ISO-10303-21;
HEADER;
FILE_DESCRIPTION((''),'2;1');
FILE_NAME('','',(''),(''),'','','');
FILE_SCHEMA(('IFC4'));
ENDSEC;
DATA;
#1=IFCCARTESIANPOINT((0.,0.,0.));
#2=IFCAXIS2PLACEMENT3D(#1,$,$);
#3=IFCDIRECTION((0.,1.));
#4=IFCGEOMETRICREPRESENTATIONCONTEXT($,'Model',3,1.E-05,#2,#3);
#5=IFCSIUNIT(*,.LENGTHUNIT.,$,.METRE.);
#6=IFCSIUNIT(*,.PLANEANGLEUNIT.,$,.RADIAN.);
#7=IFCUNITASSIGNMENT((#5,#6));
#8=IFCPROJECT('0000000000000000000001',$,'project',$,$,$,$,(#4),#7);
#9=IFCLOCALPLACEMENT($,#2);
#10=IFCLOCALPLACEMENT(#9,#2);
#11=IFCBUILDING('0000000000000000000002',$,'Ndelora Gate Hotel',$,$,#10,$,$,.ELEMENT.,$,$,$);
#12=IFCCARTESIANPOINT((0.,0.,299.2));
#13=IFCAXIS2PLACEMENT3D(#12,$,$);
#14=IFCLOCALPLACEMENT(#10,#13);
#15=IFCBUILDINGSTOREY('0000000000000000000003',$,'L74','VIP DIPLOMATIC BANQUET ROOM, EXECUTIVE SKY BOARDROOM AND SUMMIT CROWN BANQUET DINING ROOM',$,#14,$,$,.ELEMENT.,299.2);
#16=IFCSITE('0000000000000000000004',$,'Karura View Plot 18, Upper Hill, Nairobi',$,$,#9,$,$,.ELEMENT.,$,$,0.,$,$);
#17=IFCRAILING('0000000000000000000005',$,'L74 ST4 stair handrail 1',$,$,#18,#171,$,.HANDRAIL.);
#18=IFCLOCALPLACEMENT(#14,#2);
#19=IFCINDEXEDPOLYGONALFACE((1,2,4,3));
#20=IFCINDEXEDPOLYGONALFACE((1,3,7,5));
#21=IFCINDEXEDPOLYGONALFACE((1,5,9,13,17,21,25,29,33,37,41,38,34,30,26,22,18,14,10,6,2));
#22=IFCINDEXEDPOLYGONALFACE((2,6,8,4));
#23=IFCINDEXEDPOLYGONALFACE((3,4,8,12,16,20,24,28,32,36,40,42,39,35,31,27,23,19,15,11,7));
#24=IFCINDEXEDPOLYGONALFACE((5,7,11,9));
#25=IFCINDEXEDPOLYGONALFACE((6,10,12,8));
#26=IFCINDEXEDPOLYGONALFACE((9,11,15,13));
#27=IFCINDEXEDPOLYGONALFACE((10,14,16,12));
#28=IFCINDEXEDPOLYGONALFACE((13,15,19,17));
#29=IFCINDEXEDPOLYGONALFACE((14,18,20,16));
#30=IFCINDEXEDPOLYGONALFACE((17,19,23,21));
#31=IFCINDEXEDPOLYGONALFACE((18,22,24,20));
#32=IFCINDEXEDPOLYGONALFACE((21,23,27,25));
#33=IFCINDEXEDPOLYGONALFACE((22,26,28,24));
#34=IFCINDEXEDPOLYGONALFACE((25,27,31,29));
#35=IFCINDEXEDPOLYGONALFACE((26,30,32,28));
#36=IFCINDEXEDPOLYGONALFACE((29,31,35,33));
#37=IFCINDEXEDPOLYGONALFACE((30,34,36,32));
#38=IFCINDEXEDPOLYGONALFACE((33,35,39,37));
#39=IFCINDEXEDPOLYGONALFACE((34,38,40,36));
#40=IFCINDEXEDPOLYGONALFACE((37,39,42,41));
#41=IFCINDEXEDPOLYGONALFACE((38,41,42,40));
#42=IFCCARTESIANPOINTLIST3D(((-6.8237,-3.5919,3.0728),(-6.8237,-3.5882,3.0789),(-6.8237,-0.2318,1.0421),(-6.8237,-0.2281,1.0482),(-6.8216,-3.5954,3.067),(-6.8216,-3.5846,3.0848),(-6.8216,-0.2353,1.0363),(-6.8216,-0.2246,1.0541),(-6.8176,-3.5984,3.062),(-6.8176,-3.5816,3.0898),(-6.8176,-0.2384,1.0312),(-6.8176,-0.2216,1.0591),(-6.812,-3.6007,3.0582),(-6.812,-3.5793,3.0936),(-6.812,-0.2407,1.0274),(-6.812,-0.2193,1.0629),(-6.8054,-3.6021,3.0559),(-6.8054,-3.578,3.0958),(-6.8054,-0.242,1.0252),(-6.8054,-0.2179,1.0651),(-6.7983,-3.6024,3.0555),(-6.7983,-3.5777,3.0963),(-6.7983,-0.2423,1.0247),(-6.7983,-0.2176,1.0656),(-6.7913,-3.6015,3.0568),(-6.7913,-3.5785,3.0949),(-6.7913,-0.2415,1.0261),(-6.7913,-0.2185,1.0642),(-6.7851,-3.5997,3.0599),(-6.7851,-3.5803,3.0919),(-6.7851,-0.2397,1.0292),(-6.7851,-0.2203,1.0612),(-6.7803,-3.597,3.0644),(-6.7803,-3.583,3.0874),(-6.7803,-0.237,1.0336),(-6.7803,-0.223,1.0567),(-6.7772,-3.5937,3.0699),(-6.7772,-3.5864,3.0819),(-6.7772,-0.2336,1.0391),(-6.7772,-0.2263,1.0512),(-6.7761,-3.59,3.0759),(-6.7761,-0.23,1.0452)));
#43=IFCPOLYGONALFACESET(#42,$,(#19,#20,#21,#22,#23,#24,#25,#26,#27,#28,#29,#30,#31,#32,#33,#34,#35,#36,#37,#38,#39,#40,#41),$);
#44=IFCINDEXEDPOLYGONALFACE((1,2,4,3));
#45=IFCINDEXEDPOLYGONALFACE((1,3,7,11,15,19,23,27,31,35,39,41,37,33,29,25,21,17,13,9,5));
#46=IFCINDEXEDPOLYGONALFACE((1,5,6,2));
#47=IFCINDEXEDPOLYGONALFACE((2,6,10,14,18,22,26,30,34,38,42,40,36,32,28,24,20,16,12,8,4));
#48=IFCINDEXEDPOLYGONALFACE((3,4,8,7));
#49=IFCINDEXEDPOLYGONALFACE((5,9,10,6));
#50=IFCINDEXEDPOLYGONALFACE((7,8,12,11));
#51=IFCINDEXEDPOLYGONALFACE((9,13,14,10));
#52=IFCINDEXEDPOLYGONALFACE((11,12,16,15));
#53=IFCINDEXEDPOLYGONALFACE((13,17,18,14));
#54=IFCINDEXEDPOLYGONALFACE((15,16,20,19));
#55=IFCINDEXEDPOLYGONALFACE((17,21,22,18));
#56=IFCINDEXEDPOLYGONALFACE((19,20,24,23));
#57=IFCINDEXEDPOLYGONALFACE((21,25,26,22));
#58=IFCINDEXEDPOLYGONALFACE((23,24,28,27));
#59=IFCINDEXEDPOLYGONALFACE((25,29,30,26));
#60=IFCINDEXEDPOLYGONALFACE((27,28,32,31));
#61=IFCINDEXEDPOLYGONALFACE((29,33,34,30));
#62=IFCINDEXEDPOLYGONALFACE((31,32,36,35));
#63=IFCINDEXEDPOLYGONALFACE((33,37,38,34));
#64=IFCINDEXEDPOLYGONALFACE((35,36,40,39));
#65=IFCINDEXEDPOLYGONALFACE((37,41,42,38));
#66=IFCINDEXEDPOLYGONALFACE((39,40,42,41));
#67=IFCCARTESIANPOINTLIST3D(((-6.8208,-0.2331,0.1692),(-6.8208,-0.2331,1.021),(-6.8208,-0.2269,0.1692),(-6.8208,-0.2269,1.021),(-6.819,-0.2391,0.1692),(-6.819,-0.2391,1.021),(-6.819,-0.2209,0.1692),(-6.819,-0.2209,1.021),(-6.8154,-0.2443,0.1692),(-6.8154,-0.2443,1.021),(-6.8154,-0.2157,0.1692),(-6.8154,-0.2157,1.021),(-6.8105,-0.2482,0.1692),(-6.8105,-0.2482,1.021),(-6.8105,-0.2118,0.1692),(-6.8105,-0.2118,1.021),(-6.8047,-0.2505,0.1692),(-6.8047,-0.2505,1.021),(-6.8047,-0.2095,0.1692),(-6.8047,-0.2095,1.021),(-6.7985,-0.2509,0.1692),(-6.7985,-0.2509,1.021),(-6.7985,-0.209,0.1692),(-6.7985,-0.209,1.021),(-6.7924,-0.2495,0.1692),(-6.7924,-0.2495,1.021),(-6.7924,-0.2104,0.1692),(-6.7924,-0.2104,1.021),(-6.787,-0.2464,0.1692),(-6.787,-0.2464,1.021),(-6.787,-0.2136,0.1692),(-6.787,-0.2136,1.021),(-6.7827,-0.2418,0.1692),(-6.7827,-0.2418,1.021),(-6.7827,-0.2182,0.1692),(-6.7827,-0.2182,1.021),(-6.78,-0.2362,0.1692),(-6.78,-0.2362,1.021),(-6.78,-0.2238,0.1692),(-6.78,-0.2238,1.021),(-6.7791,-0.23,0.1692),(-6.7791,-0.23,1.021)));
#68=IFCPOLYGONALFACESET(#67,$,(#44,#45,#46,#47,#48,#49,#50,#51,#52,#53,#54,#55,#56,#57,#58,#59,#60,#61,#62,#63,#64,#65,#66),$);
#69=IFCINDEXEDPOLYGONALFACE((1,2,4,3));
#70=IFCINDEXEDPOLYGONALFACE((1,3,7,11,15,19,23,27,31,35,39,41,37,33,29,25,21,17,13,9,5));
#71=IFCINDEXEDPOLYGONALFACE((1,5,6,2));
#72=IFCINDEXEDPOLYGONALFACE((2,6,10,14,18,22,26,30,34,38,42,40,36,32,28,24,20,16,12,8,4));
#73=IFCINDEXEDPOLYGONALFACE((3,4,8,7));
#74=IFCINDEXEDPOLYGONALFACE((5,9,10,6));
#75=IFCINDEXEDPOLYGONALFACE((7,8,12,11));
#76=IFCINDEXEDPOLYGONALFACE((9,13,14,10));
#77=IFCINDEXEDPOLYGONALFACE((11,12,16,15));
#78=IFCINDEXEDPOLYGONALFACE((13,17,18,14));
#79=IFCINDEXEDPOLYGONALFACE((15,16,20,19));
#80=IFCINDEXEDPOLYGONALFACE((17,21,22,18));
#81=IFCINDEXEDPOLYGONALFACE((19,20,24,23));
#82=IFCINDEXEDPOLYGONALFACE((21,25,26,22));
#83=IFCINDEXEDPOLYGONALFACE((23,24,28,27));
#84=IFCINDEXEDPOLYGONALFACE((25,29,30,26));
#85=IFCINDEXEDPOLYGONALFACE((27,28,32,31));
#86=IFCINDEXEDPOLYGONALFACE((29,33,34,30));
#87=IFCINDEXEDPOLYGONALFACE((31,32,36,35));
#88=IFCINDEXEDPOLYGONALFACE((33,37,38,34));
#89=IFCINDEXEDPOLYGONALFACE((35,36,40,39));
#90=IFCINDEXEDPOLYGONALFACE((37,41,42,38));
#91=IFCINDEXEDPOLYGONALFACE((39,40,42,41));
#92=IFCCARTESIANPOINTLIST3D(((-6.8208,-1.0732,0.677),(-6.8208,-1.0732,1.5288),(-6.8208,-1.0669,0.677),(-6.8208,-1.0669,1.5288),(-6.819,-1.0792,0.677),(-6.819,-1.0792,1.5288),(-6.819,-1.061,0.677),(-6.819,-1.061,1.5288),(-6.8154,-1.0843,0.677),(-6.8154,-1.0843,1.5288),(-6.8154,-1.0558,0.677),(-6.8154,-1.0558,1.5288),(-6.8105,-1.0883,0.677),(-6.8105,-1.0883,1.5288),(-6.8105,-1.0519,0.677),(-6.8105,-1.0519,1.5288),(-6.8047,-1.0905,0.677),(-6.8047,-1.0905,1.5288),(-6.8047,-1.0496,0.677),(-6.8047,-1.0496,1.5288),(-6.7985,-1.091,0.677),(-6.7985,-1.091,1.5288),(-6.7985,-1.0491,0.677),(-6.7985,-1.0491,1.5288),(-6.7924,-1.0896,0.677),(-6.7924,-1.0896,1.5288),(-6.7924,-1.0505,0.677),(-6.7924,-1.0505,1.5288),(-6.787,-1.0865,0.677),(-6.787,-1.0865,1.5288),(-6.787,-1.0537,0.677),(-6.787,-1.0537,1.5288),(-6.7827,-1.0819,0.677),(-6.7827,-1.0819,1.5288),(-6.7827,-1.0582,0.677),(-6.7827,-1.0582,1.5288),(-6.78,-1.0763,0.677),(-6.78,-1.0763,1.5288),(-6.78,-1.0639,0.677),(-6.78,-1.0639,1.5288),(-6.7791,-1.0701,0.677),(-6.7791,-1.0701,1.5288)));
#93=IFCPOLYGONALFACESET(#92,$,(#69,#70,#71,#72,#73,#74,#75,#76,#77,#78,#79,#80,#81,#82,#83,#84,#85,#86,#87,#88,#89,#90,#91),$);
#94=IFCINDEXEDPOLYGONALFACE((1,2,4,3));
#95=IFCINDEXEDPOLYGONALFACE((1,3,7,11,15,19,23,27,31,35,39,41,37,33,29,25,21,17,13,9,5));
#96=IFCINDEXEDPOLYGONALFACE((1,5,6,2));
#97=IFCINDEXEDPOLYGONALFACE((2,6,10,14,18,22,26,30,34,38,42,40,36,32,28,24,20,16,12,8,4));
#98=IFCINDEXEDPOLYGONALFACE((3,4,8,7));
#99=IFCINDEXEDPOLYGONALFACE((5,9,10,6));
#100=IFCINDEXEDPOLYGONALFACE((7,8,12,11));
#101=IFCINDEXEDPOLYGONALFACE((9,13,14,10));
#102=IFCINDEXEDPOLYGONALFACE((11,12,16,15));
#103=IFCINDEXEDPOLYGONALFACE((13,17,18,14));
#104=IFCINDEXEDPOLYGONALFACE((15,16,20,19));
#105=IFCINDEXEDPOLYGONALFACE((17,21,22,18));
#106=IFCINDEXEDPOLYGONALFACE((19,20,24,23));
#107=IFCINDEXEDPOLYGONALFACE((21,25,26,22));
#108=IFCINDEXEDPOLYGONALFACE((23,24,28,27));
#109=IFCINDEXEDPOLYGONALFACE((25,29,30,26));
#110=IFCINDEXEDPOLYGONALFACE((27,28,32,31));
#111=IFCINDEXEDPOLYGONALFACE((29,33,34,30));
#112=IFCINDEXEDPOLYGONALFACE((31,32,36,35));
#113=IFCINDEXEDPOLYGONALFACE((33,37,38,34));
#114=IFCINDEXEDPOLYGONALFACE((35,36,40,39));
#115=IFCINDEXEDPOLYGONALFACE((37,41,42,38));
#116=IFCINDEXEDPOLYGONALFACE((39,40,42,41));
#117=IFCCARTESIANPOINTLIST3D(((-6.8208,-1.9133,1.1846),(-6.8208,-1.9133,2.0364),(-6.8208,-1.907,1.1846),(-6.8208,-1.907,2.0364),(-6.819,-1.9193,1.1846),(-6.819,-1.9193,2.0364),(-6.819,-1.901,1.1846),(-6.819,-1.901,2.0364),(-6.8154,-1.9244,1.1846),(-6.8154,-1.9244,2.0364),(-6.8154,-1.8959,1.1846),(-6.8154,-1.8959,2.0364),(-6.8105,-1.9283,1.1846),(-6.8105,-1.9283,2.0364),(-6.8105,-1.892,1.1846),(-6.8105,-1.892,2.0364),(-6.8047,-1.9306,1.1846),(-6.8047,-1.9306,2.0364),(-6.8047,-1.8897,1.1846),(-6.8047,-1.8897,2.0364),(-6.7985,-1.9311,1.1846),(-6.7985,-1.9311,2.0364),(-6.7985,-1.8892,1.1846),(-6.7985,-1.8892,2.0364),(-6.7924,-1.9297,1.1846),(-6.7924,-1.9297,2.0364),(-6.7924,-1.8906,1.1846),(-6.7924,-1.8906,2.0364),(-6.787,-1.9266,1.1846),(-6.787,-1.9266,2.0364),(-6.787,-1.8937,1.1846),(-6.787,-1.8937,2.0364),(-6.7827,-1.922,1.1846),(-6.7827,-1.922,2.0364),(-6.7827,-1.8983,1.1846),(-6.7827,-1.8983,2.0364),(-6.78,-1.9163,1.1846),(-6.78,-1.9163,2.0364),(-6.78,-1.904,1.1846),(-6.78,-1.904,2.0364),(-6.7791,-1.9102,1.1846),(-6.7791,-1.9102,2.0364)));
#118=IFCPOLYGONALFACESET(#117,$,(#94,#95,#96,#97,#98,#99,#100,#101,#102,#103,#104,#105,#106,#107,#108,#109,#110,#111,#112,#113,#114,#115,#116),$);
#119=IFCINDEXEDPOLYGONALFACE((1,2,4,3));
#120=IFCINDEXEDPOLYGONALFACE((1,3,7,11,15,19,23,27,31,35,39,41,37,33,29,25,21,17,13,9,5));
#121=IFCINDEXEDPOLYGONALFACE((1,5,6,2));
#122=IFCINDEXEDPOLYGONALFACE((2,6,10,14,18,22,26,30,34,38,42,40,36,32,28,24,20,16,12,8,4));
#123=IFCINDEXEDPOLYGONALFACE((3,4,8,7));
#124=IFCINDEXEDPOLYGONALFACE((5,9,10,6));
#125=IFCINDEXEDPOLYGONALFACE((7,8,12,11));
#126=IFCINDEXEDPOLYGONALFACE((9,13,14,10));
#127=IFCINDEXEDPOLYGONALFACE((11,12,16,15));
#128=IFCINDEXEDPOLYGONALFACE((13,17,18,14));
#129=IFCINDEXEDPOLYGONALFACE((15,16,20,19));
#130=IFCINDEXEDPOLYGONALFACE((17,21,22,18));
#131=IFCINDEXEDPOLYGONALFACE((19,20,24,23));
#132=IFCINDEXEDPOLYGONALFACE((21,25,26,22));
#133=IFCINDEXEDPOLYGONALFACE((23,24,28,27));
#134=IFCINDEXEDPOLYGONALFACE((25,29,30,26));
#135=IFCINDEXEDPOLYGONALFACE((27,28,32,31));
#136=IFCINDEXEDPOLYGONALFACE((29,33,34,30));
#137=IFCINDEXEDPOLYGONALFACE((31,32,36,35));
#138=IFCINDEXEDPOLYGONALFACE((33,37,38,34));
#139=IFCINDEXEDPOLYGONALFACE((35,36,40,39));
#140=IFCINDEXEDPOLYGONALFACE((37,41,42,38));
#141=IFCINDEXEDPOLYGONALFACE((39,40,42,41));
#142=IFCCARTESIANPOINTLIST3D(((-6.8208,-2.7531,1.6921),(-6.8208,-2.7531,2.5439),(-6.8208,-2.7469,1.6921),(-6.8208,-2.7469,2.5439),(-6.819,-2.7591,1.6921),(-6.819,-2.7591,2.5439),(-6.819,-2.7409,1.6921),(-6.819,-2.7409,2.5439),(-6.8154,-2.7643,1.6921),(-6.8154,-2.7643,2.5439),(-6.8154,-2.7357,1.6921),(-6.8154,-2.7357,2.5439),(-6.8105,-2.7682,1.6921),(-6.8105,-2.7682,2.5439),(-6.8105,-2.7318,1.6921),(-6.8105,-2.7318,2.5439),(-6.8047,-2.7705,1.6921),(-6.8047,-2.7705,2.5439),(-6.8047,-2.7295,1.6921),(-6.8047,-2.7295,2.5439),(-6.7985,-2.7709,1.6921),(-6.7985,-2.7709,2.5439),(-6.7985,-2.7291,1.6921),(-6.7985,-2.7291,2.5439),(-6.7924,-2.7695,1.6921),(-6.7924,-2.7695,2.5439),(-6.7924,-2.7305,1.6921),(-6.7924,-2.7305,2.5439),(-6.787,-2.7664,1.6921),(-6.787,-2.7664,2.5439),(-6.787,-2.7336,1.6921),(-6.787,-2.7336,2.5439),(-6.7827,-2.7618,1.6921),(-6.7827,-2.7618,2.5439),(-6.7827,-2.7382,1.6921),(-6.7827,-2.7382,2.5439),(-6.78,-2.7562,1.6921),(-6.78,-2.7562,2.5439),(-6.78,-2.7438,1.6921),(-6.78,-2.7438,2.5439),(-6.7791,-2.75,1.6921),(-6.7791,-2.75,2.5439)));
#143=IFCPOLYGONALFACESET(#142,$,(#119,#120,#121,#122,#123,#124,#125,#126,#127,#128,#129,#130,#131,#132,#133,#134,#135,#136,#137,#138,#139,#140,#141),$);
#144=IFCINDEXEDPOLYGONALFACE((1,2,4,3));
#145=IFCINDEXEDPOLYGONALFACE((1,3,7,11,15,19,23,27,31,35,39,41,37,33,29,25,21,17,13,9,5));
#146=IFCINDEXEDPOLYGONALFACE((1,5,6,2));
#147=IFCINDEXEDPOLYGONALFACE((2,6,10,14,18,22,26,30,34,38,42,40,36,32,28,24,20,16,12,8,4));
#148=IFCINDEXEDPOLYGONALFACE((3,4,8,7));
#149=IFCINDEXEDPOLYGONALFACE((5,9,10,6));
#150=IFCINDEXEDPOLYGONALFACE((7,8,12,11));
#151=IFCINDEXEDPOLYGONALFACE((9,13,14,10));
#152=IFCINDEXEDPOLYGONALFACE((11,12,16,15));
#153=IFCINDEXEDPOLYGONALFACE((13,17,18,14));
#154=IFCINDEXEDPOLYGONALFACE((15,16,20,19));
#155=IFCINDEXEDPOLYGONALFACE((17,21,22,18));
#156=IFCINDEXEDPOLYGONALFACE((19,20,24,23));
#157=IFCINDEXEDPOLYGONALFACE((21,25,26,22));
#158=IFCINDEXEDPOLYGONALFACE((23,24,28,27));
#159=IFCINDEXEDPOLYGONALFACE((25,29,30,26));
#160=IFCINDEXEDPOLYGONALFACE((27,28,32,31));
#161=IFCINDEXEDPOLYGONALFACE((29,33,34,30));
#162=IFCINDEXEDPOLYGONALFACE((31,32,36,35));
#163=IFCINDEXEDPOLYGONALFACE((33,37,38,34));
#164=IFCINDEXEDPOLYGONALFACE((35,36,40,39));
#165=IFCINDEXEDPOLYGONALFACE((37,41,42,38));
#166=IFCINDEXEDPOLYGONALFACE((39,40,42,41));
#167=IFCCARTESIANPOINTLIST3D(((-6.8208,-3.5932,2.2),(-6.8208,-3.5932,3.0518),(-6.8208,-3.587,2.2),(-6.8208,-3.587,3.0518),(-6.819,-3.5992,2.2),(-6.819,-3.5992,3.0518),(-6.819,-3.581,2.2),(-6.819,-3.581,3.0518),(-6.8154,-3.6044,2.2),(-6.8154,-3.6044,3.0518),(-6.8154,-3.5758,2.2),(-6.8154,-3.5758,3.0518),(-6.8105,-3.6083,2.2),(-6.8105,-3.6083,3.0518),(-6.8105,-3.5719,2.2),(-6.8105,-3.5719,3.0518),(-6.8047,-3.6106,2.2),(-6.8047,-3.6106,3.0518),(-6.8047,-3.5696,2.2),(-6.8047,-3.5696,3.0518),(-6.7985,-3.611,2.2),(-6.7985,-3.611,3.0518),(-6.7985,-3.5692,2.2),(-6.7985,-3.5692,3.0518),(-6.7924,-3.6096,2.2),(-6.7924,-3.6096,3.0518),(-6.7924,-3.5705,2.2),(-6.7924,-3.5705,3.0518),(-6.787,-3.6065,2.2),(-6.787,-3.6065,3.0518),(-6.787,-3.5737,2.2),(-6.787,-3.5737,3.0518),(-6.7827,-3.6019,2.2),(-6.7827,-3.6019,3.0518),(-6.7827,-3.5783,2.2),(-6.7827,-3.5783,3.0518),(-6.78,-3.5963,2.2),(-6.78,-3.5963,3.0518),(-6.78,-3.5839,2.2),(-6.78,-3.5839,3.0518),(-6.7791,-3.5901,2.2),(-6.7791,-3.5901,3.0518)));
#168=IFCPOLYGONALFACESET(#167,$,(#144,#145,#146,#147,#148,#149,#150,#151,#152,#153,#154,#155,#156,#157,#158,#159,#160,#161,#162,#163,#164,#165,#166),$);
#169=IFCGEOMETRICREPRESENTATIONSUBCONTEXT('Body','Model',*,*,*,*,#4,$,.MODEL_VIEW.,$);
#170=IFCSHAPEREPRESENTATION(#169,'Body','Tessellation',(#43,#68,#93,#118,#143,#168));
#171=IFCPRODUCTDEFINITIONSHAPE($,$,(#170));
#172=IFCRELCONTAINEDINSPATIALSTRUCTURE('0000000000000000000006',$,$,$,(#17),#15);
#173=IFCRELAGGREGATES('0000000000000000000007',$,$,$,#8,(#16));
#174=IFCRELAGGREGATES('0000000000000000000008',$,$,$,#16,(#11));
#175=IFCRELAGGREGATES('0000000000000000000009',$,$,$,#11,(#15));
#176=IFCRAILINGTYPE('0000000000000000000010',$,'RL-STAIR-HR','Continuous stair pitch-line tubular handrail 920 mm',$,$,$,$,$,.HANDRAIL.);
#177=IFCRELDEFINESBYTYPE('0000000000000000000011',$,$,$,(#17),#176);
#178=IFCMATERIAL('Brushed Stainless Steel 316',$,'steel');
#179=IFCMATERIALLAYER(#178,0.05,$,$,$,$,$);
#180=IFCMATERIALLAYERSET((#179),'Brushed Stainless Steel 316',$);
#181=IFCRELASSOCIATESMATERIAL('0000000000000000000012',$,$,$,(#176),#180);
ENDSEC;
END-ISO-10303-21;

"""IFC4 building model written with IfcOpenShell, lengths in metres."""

from ifc_helpers import new_model, si_unit, direction, frame, origin, origin_2d, place, context, subcontext, project, spatial, circle, extrude, material, layer, layer_set, type_object, element, save


model = new_model("IFC4")

# Units and contexts
model_context = context("Model", 3, precision=1e-05, world=origin(), true_north=direction((0.0, 1.0)))
body_context = subcontext(model_context, "Body", "Model", "MODEL_VIEW")
ifc_project = project(units=[si_unit("LENGTHUNIT", "METRE"), si_unit("PLANEANGLEUNIT", "RADIAN")], contexts=[model_context])

# Site, building, storey
site_placement = place(None, origin())
site = spatial("IfcSite", under=ifc_project, at=site_placement, Name="Karura View Plot 18, Upper Hill, Nairobi", CompositionType="ELEMENT", RefElevation=0.0)
building_placement = place(site_placement, origin())
building = spatial("IfcBuilding", under=site, at=building_placement, Name="Ndelora Gate Hotel", CompositionType="ELEMENT")
storey_placement = place(building_placement, frame((0.0, 0.0, 299.2)))
storey = spatial("IfcBuildingStorey", under=building, at=storey_placement, Name="L74", Description="VIP DIPLOMATIC BANQUET ROOM, EXECUTIVE SKY BOARDROOM AND SUMMIT CROWN BANQUET DINING ROOM", CompositionType="ELEMENT", Elevation=299.2)

# Railing
ifc_material_1 = material(Name="Brushed Stainless Steel 316", Category="steel")
ifc_layer_1 = layer(ifc_material_1, 0.05)
ifc_layer_set_1 = layer_set([ifc_layer_1], Name="Brushed Stainless Steel 316")
railing_type_1 = type_object("IfcRailingType", Name="RL-STAIR-HR", Description="Continuous stair pitch-line tubular handrail 920 mm", PredefinedType="HANDRAIL", material=ifc_layer_set_1)
railing_1_placement = place(storey_placement, frame((-6.8, -0.23, 0.1692)))
element("IfcRailing", 1, at=railing_1_placement, inside=storey, type_object=railing_type_1, Name="L74 ST4 stair handrail 1", PredefinedType="HANDRAIL", context=body_context, shape_type="SweptSolid", body=[
    extrude(circle(Radius=0.0239, at=origin_2d()), frame((0.0, 0.0, 0.876), z_axis=(0.0, -0.855837, 0.517246), x_axis=(1.0, 0.0, 0.0)), (0.0, 0.0, 1.0), 3.926),
    extrude(circle(Radius=0.021, at=origin_2d()), origin(), (0.0, 0.0, 1.0), 0.8518),
    extrude(circle(Radius=0.021, at=origin_2d()), frame((0.0, -0.8401, 0.5078)), (0.0, 0.0, 1.0), 0.8518),
    extrude(circle(Radius=0.021, at=origin_2d()), frame((0.0, -1.6802, 1.0154)), (0.0, 0.0, 1.0), 0.8518),
    extrude(circle(Radius=0.021, at=origin_2d()), frame((0.0, -2.52, 1.5229)), (0.0, 0.0, 1.0), 0.8518),
    extrude(circle(Radius=0.021, at=origin_2d()), frame((0.0, -3.3601, 2.0308)), (0.0, 0.0, 1.0), 0.8518),
])

save(model, "model.ifc")
